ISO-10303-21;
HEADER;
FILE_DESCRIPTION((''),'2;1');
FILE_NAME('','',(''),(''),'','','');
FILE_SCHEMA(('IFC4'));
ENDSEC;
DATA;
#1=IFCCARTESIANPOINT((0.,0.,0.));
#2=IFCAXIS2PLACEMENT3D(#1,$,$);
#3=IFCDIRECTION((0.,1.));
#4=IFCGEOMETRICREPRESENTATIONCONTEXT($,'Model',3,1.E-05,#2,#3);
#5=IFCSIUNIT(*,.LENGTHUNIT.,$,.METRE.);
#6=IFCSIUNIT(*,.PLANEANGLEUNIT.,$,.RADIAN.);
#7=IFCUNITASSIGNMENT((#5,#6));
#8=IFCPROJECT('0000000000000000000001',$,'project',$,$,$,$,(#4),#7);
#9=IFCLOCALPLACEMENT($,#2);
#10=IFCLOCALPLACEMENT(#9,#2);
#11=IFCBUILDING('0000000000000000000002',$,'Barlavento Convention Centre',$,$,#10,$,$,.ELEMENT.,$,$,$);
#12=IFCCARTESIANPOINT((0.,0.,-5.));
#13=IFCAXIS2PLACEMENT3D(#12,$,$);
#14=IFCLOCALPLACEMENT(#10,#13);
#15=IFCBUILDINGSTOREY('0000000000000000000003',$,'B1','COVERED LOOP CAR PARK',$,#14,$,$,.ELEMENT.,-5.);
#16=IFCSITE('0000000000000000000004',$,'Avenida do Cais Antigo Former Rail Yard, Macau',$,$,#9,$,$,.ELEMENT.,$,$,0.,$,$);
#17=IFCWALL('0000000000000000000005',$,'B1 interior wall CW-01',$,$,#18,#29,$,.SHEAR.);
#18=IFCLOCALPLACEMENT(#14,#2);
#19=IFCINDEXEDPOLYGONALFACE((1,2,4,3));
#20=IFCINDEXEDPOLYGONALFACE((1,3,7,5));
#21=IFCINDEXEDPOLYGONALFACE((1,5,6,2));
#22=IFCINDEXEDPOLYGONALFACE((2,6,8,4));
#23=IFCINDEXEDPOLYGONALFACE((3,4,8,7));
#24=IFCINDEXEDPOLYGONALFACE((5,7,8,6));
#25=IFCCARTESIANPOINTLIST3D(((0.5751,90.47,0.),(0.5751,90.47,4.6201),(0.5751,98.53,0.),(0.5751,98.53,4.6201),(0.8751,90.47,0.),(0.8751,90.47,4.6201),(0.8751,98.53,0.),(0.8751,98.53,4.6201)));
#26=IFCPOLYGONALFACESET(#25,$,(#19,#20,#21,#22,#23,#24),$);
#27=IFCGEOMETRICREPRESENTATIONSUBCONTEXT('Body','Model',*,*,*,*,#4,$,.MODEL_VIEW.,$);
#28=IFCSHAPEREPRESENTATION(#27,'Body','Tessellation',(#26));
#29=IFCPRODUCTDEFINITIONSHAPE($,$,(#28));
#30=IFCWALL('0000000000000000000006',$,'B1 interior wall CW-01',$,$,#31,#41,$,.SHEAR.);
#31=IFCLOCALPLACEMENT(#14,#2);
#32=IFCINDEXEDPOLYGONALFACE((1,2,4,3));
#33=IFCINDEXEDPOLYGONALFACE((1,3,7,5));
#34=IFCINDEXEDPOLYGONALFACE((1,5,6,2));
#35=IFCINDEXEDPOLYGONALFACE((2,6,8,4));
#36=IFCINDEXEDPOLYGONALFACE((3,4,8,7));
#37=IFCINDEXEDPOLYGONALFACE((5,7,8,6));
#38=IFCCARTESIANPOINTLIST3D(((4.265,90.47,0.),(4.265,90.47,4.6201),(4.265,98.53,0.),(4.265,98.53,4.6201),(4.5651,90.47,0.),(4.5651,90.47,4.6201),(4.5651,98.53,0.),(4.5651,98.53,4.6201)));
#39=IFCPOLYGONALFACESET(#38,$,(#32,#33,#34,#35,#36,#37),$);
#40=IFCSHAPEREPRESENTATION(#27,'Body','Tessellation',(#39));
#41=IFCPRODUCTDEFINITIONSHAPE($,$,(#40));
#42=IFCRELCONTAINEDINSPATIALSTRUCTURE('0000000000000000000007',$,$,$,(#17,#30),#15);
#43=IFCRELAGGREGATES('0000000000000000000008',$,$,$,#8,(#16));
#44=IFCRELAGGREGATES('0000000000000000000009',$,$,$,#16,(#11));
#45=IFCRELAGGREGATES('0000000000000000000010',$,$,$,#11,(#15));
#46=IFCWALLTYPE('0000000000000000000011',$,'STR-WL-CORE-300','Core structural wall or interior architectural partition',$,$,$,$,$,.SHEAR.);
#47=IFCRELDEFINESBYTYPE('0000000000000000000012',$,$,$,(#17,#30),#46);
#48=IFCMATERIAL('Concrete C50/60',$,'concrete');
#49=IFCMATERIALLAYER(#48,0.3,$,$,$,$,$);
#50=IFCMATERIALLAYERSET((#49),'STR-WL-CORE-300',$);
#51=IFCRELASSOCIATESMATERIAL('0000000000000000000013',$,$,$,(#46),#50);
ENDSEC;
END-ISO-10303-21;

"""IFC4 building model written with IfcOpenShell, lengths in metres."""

from ifc_helpers import new_model, si_unit, direction, frame, frame_2d, origin, place, context, subcontext, project, spatial, rectangle, extrude, material, layer, layer_set, type_object, element, save


model = new_model("IFC4")

# Units and contexts
model_context = context("Model", 3, precision=1e-05, world=origin(), true_north=direction((0.0, 1.0)))
body_context = subcontext(model_context, "Body", "Model", "MODEL_VIEW")
ifc_project = project(units=[si_unit("LENGTHUNIT", "METRE"), si_unit("PLANEANGLEUNIT", "RADIAN")], contexts=[model_context])

# Site, building, storey
site_placement = place(None, origin())
site = spatial("IfcSite", under=ifc_project, at=site_placement, Name="Avenida do Cais Antigo Former Rail Yard, Macau", CompositionType="ELEMENT", RefElevation=0.0)
building_placement = place(site_placement, origin())
building = spatial("IfcBuilding", under=site, at=building_placement, Name="Barlavento Convention Centre", CompositionType="ELEMENT")
storey_placement = place(building_placement, frame((0.0, 0.0, -5.0)))
storey = spatial("IfcBuildingStorey", under=building, at=storey_placement, Name="B1", Description="COVERED LOOP CAR PARK", CompositionType="ELEMENT", Elevation=-5.0)

# Shared definitions
ifc_material_1 = material(Name="Concrete C50/60", Category="concrete")

# Walls
ifc_layer_1 = layer(ifc_material_1, 0.3)
ifc_layer_set_1 = layer_set([ifc_layer_1], Name="STR-WL-CORE-300")
wall_type_1 = type_object("IfcWallType", Name="STR-WL-CORE-300", Description="Core structural wall or interior architectural partition", PredefinedType="SHEAR", material=ifc_layer_set_1)
for number, where, z_axis, x_axis, name in (
    (1, (0.7251, 90.47, 0.0), (0.0, 0.0, 1.0), (0.0, 1.0, 0.0), "B1 interior wall CW-01"),
    (2, (4.415, 90.47, 0.0), (0.0, 0.0, 1.0), (0.0, 1.0, 0.0), "B1 interior wall CW-01"),
):
    element("IfcWall", number, at=place(storey_placement, frame(where, z_axis=z_axis, x_axis=x_axis)), inside=storey, type_object=wall_type_1, Name=name, PredefinedType="SHEAR", context=body_context, shape_type="SweptSolid", body=[
        extrude(rectangle(XDim=8.0601, YDim=0.3, at=frame_2d((4.03, 0.0))), origin(), (0.0, 0.0, 1.0), 4.6201),
    ])

save(model, "model.ifc")
